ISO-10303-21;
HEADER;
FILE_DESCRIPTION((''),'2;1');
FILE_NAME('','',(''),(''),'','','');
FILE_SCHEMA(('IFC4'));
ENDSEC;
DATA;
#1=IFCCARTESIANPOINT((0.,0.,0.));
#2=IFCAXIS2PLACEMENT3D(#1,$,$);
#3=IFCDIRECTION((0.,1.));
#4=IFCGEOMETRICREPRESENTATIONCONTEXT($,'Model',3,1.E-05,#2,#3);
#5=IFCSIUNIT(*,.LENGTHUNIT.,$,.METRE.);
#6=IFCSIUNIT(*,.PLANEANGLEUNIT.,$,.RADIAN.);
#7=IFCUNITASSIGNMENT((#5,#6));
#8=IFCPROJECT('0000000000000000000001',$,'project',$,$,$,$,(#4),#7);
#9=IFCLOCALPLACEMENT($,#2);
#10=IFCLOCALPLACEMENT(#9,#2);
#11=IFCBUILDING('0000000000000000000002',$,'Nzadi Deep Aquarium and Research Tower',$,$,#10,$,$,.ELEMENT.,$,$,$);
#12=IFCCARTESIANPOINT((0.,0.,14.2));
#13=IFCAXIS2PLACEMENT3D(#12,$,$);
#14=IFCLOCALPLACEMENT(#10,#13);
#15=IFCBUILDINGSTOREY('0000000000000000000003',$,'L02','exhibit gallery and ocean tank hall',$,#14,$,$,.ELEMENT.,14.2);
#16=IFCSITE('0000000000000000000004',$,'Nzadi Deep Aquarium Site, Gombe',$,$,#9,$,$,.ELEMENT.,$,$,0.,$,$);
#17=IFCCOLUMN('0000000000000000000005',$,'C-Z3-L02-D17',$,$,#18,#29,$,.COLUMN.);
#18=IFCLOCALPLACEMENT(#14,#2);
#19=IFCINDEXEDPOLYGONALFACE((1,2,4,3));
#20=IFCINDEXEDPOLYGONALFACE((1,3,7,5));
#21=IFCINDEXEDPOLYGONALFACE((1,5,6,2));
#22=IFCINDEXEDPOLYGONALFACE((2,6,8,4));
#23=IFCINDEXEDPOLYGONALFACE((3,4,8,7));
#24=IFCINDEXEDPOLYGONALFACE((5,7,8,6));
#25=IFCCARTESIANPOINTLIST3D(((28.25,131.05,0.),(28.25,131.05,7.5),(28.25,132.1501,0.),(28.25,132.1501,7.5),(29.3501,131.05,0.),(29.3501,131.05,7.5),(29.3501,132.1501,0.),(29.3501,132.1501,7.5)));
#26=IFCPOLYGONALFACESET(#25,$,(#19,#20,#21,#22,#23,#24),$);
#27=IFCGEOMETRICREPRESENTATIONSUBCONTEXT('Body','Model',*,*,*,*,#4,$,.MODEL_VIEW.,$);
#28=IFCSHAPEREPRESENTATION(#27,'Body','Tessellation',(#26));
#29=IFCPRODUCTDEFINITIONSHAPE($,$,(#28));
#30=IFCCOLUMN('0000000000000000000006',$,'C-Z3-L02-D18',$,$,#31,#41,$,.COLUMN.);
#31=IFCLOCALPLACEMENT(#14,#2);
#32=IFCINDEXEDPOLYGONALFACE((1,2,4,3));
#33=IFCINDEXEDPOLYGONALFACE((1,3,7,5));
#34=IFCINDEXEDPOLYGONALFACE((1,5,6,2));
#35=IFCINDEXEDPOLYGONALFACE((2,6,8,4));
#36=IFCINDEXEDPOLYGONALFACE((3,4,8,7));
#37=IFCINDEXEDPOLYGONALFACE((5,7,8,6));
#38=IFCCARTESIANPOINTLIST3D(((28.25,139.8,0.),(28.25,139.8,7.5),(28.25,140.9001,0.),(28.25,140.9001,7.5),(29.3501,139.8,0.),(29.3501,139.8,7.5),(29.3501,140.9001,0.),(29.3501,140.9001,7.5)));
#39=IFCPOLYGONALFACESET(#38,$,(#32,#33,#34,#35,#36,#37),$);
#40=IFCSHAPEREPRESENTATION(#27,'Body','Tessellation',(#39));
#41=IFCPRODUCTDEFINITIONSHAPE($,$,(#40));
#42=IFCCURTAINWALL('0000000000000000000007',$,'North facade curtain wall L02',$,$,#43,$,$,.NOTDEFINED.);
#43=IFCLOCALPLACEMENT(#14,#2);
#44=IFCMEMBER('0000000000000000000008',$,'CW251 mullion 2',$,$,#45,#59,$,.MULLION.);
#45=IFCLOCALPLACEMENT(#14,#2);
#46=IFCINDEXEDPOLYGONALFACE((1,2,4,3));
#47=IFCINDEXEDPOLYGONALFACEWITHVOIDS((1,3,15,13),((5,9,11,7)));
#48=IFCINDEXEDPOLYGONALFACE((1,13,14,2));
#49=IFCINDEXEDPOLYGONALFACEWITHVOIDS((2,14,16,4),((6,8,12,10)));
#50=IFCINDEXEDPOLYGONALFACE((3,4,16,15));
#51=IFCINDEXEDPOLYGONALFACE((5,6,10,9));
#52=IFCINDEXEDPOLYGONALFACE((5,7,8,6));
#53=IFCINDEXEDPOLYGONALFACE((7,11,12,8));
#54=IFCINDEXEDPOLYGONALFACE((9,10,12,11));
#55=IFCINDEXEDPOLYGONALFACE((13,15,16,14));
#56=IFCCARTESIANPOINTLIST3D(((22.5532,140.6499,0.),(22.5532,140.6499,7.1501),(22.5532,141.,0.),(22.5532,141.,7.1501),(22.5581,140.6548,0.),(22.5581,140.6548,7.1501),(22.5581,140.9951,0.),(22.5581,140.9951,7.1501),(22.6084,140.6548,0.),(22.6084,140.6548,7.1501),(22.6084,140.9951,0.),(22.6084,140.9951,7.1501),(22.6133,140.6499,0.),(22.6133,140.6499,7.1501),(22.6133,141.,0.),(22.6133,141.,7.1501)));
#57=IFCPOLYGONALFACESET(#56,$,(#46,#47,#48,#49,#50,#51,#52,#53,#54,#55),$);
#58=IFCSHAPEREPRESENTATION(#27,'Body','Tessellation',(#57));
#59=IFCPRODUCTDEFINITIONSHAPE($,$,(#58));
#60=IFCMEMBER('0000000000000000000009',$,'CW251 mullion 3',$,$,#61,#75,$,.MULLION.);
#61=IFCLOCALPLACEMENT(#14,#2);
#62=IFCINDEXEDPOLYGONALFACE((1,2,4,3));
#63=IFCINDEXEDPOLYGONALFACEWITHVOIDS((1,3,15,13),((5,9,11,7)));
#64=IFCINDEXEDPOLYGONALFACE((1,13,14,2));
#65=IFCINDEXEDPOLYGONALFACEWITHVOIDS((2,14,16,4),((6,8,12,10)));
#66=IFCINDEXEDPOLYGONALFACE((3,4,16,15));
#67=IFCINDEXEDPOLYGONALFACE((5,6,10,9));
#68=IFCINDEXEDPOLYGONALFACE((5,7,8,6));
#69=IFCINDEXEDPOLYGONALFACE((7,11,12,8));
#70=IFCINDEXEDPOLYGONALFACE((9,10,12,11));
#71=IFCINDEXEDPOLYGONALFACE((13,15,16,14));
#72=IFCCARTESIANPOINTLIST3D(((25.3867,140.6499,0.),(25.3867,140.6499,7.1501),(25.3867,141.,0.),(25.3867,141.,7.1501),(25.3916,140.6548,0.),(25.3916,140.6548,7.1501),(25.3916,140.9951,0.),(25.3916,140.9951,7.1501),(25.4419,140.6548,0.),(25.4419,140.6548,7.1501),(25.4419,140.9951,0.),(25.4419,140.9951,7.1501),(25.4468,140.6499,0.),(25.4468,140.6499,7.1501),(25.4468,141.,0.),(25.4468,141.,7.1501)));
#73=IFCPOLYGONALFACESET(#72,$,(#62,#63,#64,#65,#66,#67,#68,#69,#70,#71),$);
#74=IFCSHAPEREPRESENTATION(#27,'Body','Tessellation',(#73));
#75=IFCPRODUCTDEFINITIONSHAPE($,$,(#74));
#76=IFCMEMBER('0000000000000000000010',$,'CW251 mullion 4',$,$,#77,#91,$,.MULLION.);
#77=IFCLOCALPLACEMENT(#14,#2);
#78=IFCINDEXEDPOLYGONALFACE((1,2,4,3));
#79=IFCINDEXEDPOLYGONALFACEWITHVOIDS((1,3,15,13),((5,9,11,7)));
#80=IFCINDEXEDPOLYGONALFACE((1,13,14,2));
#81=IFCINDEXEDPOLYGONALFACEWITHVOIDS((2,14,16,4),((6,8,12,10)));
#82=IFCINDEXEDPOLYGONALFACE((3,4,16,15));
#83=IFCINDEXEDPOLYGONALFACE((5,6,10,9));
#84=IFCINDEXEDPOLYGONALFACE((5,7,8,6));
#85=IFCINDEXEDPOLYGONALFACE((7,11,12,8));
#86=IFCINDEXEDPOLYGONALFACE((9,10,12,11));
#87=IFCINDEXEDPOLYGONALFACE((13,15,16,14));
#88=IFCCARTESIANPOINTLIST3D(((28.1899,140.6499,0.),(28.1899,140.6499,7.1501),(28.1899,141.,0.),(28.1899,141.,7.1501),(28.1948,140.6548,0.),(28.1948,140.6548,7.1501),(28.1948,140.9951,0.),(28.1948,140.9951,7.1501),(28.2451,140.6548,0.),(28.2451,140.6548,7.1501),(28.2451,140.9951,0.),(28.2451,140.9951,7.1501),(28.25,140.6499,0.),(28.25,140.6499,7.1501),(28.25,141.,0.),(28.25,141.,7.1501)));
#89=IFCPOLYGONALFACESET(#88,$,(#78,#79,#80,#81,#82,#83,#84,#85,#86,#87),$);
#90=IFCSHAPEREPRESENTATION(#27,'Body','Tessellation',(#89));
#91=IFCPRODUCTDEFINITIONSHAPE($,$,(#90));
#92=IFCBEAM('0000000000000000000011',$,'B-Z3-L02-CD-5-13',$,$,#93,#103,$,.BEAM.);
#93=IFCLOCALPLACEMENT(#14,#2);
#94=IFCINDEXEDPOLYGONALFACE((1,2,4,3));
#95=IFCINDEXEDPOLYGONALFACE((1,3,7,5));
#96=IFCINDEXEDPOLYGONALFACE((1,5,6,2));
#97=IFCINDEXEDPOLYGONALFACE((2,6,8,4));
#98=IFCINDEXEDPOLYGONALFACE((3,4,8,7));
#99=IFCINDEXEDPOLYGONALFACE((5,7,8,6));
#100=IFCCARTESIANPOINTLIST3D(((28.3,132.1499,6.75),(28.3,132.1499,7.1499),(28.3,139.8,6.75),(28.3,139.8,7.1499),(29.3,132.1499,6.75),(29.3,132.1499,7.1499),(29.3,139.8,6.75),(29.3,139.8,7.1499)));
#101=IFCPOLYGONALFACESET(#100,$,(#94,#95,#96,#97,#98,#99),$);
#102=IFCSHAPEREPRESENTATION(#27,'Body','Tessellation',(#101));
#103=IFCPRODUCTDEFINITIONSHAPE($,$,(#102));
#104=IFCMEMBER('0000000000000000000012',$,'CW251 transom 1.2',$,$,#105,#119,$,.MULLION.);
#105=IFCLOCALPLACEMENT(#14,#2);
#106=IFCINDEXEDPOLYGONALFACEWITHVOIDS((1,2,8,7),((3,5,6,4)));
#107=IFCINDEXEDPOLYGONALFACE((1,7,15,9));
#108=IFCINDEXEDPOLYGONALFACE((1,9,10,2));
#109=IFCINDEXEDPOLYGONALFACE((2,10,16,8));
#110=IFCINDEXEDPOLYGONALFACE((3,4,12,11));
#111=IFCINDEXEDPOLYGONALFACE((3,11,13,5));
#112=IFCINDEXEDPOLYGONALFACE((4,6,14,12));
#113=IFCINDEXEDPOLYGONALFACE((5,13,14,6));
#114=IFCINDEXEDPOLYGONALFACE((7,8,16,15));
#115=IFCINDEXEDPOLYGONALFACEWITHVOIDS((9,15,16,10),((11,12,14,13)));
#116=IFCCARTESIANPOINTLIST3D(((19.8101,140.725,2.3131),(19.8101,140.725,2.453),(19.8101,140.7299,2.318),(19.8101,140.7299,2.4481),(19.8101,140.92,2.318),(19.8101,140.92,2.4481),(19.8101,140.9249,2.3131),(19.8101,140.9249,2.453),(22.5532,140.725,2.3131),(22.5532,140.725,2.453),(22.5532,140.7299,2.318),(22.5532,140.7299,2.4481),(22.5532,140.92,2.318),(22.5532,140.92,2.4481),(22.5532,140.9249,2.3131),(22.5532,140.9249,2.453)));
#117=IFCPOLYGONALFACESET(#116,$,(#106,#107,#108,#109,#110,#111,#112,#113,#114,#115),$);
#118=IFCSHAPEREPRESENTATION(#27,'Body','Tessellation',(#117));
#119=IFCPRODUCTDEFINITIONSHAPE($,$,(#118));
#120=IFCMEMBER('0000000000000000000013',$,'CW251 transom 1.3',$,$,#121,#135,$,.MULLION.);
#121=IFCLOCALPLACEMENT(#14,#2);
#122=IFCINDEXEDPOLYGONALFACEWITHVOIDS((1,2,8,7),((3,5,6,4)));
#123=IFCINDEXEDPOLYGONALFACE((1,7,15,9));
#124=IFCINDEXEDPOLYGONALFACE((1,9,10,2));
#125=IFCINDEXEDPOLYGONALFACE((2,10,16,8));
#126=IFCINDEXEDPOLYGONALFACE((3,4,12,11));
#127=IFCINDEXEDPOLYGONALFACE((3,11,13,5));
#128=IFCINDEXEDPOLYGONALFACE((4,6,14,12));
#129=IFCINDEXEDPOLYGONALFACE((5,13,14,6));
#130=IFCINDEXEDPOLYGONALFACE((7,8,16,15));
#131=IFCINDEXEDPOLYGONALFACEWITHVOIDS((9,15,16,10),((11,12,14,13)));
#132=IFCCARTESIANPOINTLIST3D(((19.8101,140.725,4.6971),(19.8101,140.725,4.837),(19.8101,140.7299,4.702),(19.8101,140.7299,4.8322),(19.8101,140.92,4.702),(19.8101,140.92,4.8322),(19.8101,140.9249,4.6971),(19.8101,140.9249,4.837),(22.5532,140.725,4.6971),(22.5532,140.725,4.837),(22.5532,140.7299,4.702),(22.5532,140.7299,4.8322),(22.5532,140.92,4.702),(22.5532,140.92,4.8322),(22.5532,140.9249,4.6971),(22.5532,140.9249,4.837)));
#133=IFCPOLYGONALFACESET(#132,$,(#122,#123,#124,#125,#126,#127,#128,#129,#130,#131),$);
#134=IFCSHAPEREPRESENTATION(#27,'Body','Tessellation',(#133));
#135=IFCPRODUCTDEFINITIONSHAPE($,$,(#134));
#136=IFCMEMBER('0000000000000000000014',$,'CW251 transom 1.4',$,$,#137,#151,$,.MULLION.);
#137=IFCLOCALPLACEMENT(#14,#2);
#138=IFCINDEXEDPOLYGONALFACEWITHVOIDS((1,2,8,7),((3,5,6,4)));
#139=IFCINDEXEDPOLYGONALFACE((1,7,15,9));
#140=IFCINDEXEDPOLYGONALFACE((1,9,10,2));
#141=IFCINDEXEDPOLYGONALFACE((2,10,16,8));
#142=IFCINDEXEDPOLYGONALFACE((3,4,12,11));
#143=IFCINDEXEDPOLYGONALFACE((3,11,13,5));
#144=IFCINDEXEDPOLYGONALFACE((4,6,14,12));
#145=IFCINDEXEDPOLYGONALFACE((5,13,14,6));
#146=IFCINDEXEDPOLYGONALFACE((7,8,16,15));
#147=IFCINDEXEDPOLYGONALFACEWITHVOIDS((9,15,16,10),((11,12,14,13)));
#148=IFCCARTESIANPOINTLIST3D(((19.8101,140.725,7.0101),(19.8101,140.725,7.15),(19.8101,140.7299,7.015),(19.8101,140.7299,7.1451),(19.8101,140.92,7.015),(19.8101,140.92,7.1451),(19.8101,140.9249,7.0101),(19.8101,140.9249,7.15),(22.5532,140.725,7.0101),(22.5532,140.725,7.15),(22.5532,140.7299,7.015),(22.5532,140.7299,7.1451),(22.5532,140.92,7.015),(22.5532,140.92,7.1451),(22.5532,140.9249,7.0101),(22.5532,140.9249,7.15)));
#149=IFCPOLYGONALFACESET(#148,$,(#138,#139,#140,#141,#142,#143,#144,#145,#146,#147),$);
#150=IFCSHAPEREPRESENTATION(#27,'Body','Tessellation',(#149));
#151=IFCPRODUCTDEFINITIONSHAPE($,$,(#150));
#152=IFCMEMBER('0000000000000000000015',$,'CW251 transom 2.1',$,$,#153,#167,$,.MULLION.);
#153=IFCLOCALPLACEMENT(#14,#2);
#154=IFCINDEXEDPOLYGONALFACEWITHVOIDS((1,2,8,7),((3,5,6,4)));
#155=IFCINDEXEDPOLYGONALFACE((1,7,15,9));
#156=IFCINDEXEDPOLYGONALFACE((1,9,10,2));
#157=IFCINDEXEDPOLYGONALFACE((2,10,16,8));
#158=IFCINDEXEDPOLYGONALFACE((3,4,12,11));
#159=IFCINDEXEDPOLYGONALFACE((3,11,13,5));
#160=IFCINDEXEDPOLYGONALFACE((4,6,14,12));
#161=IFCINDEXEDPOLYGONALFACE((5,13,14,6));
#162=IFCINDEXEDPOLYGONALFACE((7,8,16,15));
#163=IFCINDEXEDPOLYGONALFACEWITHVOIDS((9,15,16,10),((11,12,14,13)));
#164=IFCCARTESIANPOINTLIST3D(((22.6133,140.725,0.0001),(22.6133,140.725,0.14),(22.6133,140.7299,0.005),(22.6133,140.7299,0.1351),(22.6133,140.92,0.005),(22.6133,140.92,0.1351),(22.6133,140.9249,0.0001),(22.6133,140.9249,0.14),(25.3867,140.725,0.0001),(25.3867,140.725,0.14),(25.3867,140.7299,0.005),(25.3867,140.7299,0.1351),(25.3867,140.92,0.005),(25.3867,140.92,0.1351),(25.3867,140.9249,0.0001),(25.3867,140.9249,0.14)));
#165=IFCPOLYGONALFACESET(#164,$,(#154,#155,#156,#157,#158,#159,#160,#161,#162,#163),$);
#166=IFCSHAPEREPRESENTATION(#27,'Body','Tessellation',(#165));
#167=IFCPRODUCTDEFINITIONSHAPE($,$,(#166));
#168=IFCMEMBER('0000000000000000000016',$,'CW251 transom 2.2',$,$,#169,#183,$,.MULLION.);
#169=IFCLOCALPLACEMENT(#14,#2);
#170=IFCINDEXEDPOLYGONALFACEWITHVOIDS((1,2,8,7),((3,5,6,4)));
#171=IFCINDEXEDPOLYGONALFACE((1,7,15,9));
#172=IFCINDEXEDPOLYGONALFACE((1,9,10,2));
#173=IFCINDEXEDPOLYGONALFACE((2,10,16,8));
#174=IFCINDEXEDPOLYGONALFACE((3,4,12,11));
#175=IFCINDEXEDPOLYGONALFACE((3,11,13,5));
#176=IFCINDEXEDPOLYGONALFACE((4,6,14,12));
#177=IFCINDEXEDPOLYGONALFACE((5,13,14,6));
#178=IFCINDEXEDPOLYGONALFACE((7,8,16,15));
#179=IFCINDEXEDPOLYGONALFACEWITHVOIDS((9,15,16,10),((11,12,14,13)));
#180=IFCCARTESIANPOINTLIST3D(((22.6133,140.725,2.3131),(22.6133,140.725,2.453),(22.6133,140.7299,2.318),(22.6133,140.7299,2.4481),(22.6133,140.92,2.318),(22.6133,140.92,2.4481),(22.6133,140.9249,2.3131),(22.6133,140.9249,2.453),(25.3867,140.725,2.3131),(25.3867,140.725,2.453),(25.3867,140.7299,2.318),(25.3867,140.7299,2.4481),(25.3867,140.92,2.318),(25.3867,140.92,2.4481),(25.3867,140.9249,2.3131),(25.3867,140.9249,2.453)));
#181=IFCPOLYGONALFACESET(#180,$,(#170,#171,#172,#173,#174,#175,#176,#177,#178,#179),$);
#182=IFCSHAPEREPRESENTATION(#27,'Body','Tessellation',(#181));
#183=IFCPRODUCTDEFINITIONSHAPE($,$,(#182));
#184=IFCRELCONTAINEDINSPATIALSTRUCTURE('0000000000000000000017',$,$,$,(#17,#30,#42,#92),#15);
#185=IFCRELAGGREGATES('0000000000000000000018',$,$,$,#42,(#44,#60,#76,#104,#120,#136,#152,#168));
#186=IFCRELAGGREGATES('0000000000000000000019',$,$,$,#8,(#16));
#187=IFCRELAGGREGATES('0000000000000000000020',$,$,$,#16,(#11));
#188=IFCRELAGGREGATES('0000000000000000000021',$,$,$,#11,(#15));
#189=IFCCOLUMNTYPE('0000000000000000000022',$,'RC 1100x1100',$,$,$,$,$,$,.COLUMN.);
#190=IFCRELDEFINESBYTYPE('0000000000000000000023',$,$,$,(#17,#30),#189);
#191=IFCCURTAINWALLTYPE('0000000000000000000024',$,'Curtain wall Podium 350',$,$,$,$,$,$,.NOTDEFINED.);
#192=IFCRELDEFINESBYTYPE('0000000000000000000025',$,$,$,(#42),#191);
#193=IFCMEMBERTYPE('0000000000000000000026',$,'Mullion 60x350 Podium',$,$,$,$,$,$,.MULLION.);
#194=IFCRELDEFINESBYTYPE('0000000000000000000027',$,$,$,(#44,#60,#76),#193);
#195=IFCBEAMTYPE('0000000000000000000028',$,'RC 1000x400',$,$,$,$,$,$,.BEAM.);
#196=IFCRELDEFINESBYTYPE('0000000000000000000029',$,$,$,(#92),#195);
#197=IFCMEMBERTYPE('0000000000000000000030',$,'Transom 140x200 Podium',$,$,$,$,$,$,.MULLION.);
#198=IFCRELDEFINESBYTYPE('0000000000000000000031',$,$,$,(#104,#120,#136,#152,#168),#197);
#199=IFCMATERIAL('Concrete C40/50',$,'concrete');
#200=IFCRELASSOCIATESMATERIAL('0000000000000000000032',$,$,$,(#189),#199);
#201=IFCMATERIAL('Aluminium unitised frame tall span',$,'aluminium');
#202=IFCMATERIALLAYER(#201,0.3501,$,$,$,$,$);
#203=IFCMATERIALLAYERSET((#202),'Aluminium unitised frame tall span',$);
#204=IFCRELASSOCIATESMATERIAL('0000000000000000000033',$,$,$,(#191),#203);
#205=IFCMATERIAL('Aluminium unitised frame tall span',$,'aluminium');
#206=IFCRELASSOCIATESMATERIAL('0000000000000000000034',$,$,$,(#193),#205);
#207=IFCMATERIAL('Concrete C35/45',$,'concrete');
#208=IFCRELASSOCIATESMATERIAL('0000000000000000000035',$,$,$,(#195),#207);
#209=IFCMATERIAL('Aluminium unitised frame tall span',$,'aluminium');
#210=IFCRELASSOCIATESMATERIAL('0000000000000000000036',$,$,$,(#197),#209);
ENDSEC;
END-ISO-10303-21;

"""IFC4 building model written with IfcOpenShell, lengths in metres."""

from ifc_helpers import new_model, si_unit, direction, frame, origin, origin_2d, place, context, subcontext, project, spatial, rectangle, hollow_rectangle, extrude, material, layer, layer_set, material_profile, profile_set, type_object, element, aggregate, save


model = new_model("IFC4")

# Units and contexts
model_context = context("Model", 3, precision=1e-05, world=origin(), true_north=direction((0.0, 1.0)))
body_context = subcontext(model_context, "Body", "Model", "MODEL_VIEW")
ifc_project = project(units=[si_unit("LENGTHUNIT", "METRE"), si_unit("PLANEANGLEUNIT", "RADIAN")], contexts=[model_context])

# Site, building, storey
site_placement = place(None, origin())
site = spatial("IfcSite", under=ifc_project, at=site_placement, Name="Nzadi Deep Aquarium Site, Gombe", CompositionType="ELEMENT", RefElevation=0.0)
building_placement = place(site_placement, origin())
building = spatial("IfcBuilding", under=site, at=building_placement, Name="Nzadi Deep Aquarium and Research Tower", CompositionType="ELEMENT")
storey_placement = place(building_placement, frame((0.0, 0.0, 14.2)))
storey = spatial("IfcBuildingStorey", under=building, at=storey_placement, Name="L02", Description="exhibit gallery and ocean tank hall", CompositionType="ELEMENT", Elevation=14.2)

# Columns
ifc_material_1 = material(Name="Concrete C40/50", Category="concrete")
ifc_material_profile_1 = material_profile(ifc_material_1, rectangle(XDim=1.1001, YDim=1.1001, at=origin_2d()))
ifc_profile_set_1 = profile_set([ifc_material_profile_1], Name="Concrete C40/50")
column_type = type_object("IfcColumnType", Name="RC 1100x1100", PredefinedType="COLUMN", material=ifc_profile_set_1)
for number, where, z_axis, x_axis, name in (
    (1, (28.8, 131.6001, 0.0), (0.0, 0.0, 1.0), (1.0, 0.0, 0.0), "C-Z3-L02-D17"),
    (2, (28.8, 140.3501, 0.0), (0.0, 0.0, 1.0), (1.0, 0.0, 0.0), "C-Z3-L02-D18"),
):
    element("IfcColumn", number, at=place(storey_placement, frame(where, z_axis=z_axis, x_axis=x_axis)), inside=storey, type_object=column_type, Name=name, PredefinedType="COLUMN", context=body_context, shape_type="SweptSolid", body=[
        extrude(rectangle(XDim=1.1001, YDim=1.1001, at=origin_2d()), origin(), (0.0, 0.0, 1.0), 7.5),
    ])

# Curtain wall, members
ifc_material_2 = material(Name="Aluminium unitised frame tall span", Category="aluminium")
ifc_layer_1 = layer(ifc_material_2, 0.3501)
ifc_layer_set_1 = layer_set([ifc_layer_1], Name="Aluminium unitised frame tall span")
curtain_wall_type = type_object("IfcCurtainWallType", Name="Curtain wall Podium 350", PredefinedType="NOTDEFINED", material=ifc_layer_set_1)
curtain_wall_placement = place(storey_placement, origin())
curtain_wall = element("IfcCurtainWall", 3, at=curtain_wall_placement, inside=storey, type_object=curtain_wall_type, Name="North facade curtain wall L02", PredefinedType="NOTDEFINED")
ifc_material_3 = material(Name="Aluminium unitised frame tall span", Category="aluminium")
ifc_material_profile_2 = material_profile(ifc_material_3, hollow_rectangle(XDim=0.3501, YDim=0.0601, WallThickness=0.0049, at=origin_2d()))
ifc_profile_set_2 = profile_set([ifc_material_profile_2], Name="Aluminium unitised frame tall span")
member_type_1 = type_object("IfcMemberType", Name="Mullion 60x350 Podium", PredefinedType="MULLION", material=ifc_profile_set_2)
member_1_placement = place(storey_placement, frame((22.5833, 140.825, 0.0), z_axis=(0.0, 0.0, 1.0), x_axis=(0.0, 1.0, 0.0)))
member_1 = element("IfcMember", 4, at=member_1_placement, type_object=member_type_1, Name="CW251 mullion 2", PredefinedType="MULLION", context=body_context, shape_type="SweptSolid", body=[
    extrude(hollow_rectangle(XDim=0.3501, YDim=0.0601, WallThickness=0.0049, at=origin_2d()), origin(), (0.0, 0.0, 1.0), 7.1501),
])
member_2_placement = place(storey_placement, frame((25.4167, 140.825, 0.0), z_axis=(0.0, 0.0, 1.0), x_axis=(0.0, 1.0, 0.0)))
member_2 = element("IfcMember", 5, at=member_2_placement, type_object=member_type_1, Name="CW251 mullion 3", PredefinedType="MULLION", context=body_context, shape_type="SweptSolid", body=[
    extrude(hollow_rectangle(XDim=0.3501, YDim=0.0601, WallThickness=0.0049, at=origin_2d()), origin(), (0.0, 0.0, 1.0), 7.1501),
])
member_3_placement = place(storey_placement, frame((28.22, 140.825, 0.0), z_axis=(0.0, 0.0, 1.0), x_axis=(0.0, 1.0, 0.0)))
member_3 = element("IfcMember", 6, at=member_3_placement, type_object=member_type_1, Name="CW251 mullion 4", PredefinedType="MULLION", context=body_context, shape_type="SweptSolid", body=[
    extrude(hollow_rectangle(XDim=0.3501, YDim=0.0601, WallThickness=0.0049, at=origin_2d()), origin(), (0.0, 0.0, 1.0), 7.1501),
])

# Beam
ifc_material_4 = material(Name="Concrete C35/45", Category="concrete")
ifc_material_profile_3 = material_profile(ifc_material_4, rectangle(XDim=1.0, YDim=0.3999, at=origin_2d()))
ifc_profile_set_3 = profile_set([ifc_material_profile_3], Name="Concrete C35/45")
beam_type = type_object("IfcBeamType", Name="RC 1000x400", PredefinedType="BEAM", material=ifc_profile_set_3)
beam_placement = place(storey_placement, frame((28.8, 132.1499, 6.95), z_axis=(0.0, 1.0, 0.0), x_axis=(-1.0, 0.0, 0.0)))
element("IfcBeam", 7, at=beam_placement, inside=storey, type_object=beam_type, Name="B-Z3-L02-CD-5-13", PredefinedType="BEAM", context=body_context, shape_type="SweptSolid", body=[
    extrude(rectangle(XDim=1.0, YDim=0.3999, at=origin_2d()), origin(), (0.0, 0.0, 1.0), 7.6501),
])

# Members
ifc_material_5 = material(Name="Aluminium unitised frame tall span", Category="aluminium")
ifc_material_profile_4 = material_profile(ifc_material_5, hollow_rectangle(XDim=0.2, YDim=0.1399, WallThickness=0.0049, at=origin_2d()))
ifc_profile_set_4 = profile_set([ifc_material_profile_4], Name="Aluminium unitised frame tall span")
member_type_2 = type_object("IfcMemberType", Name="Transom 140x200 Podium", PredefinedType="MULLION", material=ifc_profile_set_4)
member_4_placement = place(storey_placement, frame((19.8101, 140.825, 2.3831), z_axis=(1.0, 0.0, 0.0), x_axis=(0.0, 1.0, 0.0)))
member_4 = element("IfcMember", 8, at=member_4_placement, type_object=member_type_2, Name="CW251 transom 1.2", PredefinedType="MULLION", context=body_context, shape_type="SweptSolid", body=[
    extrude(hollow_rectangle(XDim=0.2, YDim=0.1399, WallThickness=0.0049, at=origin_2d()), origin(), (0.0, 0.0, 1.0), 2.7432),
])
member_5_placement = place(storey_placement, frame((19.8101, 140.825, 4.7671), z_axis=(1.0, 0.0, 0.0), x_axis=(0.0, 1.0, 0.0)))
member_5 = element("IfcMember", 9, at=member_5_placement, type_object=member_type_2, Name="CW251 transom 1.3", PredefinedType="MULLION", context=body_context, shape_type="SweptSolid", body=[
    extrude(hollow_rectangle(XDim=0.2, YDim=0.1399, WallThickness=0.0049, at=origin_2d()), origin(), (0.0, 0.0, 1.0), 2.7432),
])
member_6_placement = place(storey_placement, frame((19.8101, 140.825, 7.0801), z_axis=(1.0, 0.0, 0.0), x_axis=(0.0, 1.0, 0.0)))
member_6 = element("IfcMember", 10, at=member_6_placement, type_object=member_type_2, Name="CW251 transom 1.4", PredefinedType="MULLION", context=body_context, shape_type="SweptSolid", body=[
    extrude(hollow_rectangle(XDim=0.2, YDim=0.1399, WallThickness=0.0049, at=origin_2d()), origin(), (0.0, 0.0, 1.0), 2.7432),
])
member_7_placement = place(storey_placement, frame((22.6133, 140.825, 0.0701), z_axis=(1.0, 0.0, 0.0), x_axis=(0.0, 1.0, 0.0)))
member_7 = element("IfcMember", 11, at=member_7_placement, type_object=member_type_2, Name="CW251 transom 2.1", PredefinedType="MULLION", context=body_context, shape_type="SweptSolid", body=[
    extrude(hollow_rectangle(XDim=0.2, YDim=0.1399, WallThickness=0.0049, at=origin_2d()), origin(), (0.0, 0.0, 1.0), 2.7734),
])
member_8_placement = place(storey_placement, frame((22.6133, 140.825, 2.3831), z_axis=(1.0, 0.0, 0.0), x_axis=(0.0, 1.0, 0.0)))
member_8 = element("IfcMember", 12, at=member_8_placement, type_object=member_type_2, Name="CW251 transom 2.2", PredefinedType="MULLION", context=body_context, shape_type="SweptSolid", body=[
    extrude(hollow_rectangle(XDim=0.2, YDim=0.1399, WallThickness=0.0049, at=origin_2d()), origin(), (0.0, 0.0, 1.0), 2.7734),
])

aggregate(curtain_wall, [member_1, member_2, member_3, member_4, member_5, member_6, member_7, member_8])

save(model, "model.ifc")
